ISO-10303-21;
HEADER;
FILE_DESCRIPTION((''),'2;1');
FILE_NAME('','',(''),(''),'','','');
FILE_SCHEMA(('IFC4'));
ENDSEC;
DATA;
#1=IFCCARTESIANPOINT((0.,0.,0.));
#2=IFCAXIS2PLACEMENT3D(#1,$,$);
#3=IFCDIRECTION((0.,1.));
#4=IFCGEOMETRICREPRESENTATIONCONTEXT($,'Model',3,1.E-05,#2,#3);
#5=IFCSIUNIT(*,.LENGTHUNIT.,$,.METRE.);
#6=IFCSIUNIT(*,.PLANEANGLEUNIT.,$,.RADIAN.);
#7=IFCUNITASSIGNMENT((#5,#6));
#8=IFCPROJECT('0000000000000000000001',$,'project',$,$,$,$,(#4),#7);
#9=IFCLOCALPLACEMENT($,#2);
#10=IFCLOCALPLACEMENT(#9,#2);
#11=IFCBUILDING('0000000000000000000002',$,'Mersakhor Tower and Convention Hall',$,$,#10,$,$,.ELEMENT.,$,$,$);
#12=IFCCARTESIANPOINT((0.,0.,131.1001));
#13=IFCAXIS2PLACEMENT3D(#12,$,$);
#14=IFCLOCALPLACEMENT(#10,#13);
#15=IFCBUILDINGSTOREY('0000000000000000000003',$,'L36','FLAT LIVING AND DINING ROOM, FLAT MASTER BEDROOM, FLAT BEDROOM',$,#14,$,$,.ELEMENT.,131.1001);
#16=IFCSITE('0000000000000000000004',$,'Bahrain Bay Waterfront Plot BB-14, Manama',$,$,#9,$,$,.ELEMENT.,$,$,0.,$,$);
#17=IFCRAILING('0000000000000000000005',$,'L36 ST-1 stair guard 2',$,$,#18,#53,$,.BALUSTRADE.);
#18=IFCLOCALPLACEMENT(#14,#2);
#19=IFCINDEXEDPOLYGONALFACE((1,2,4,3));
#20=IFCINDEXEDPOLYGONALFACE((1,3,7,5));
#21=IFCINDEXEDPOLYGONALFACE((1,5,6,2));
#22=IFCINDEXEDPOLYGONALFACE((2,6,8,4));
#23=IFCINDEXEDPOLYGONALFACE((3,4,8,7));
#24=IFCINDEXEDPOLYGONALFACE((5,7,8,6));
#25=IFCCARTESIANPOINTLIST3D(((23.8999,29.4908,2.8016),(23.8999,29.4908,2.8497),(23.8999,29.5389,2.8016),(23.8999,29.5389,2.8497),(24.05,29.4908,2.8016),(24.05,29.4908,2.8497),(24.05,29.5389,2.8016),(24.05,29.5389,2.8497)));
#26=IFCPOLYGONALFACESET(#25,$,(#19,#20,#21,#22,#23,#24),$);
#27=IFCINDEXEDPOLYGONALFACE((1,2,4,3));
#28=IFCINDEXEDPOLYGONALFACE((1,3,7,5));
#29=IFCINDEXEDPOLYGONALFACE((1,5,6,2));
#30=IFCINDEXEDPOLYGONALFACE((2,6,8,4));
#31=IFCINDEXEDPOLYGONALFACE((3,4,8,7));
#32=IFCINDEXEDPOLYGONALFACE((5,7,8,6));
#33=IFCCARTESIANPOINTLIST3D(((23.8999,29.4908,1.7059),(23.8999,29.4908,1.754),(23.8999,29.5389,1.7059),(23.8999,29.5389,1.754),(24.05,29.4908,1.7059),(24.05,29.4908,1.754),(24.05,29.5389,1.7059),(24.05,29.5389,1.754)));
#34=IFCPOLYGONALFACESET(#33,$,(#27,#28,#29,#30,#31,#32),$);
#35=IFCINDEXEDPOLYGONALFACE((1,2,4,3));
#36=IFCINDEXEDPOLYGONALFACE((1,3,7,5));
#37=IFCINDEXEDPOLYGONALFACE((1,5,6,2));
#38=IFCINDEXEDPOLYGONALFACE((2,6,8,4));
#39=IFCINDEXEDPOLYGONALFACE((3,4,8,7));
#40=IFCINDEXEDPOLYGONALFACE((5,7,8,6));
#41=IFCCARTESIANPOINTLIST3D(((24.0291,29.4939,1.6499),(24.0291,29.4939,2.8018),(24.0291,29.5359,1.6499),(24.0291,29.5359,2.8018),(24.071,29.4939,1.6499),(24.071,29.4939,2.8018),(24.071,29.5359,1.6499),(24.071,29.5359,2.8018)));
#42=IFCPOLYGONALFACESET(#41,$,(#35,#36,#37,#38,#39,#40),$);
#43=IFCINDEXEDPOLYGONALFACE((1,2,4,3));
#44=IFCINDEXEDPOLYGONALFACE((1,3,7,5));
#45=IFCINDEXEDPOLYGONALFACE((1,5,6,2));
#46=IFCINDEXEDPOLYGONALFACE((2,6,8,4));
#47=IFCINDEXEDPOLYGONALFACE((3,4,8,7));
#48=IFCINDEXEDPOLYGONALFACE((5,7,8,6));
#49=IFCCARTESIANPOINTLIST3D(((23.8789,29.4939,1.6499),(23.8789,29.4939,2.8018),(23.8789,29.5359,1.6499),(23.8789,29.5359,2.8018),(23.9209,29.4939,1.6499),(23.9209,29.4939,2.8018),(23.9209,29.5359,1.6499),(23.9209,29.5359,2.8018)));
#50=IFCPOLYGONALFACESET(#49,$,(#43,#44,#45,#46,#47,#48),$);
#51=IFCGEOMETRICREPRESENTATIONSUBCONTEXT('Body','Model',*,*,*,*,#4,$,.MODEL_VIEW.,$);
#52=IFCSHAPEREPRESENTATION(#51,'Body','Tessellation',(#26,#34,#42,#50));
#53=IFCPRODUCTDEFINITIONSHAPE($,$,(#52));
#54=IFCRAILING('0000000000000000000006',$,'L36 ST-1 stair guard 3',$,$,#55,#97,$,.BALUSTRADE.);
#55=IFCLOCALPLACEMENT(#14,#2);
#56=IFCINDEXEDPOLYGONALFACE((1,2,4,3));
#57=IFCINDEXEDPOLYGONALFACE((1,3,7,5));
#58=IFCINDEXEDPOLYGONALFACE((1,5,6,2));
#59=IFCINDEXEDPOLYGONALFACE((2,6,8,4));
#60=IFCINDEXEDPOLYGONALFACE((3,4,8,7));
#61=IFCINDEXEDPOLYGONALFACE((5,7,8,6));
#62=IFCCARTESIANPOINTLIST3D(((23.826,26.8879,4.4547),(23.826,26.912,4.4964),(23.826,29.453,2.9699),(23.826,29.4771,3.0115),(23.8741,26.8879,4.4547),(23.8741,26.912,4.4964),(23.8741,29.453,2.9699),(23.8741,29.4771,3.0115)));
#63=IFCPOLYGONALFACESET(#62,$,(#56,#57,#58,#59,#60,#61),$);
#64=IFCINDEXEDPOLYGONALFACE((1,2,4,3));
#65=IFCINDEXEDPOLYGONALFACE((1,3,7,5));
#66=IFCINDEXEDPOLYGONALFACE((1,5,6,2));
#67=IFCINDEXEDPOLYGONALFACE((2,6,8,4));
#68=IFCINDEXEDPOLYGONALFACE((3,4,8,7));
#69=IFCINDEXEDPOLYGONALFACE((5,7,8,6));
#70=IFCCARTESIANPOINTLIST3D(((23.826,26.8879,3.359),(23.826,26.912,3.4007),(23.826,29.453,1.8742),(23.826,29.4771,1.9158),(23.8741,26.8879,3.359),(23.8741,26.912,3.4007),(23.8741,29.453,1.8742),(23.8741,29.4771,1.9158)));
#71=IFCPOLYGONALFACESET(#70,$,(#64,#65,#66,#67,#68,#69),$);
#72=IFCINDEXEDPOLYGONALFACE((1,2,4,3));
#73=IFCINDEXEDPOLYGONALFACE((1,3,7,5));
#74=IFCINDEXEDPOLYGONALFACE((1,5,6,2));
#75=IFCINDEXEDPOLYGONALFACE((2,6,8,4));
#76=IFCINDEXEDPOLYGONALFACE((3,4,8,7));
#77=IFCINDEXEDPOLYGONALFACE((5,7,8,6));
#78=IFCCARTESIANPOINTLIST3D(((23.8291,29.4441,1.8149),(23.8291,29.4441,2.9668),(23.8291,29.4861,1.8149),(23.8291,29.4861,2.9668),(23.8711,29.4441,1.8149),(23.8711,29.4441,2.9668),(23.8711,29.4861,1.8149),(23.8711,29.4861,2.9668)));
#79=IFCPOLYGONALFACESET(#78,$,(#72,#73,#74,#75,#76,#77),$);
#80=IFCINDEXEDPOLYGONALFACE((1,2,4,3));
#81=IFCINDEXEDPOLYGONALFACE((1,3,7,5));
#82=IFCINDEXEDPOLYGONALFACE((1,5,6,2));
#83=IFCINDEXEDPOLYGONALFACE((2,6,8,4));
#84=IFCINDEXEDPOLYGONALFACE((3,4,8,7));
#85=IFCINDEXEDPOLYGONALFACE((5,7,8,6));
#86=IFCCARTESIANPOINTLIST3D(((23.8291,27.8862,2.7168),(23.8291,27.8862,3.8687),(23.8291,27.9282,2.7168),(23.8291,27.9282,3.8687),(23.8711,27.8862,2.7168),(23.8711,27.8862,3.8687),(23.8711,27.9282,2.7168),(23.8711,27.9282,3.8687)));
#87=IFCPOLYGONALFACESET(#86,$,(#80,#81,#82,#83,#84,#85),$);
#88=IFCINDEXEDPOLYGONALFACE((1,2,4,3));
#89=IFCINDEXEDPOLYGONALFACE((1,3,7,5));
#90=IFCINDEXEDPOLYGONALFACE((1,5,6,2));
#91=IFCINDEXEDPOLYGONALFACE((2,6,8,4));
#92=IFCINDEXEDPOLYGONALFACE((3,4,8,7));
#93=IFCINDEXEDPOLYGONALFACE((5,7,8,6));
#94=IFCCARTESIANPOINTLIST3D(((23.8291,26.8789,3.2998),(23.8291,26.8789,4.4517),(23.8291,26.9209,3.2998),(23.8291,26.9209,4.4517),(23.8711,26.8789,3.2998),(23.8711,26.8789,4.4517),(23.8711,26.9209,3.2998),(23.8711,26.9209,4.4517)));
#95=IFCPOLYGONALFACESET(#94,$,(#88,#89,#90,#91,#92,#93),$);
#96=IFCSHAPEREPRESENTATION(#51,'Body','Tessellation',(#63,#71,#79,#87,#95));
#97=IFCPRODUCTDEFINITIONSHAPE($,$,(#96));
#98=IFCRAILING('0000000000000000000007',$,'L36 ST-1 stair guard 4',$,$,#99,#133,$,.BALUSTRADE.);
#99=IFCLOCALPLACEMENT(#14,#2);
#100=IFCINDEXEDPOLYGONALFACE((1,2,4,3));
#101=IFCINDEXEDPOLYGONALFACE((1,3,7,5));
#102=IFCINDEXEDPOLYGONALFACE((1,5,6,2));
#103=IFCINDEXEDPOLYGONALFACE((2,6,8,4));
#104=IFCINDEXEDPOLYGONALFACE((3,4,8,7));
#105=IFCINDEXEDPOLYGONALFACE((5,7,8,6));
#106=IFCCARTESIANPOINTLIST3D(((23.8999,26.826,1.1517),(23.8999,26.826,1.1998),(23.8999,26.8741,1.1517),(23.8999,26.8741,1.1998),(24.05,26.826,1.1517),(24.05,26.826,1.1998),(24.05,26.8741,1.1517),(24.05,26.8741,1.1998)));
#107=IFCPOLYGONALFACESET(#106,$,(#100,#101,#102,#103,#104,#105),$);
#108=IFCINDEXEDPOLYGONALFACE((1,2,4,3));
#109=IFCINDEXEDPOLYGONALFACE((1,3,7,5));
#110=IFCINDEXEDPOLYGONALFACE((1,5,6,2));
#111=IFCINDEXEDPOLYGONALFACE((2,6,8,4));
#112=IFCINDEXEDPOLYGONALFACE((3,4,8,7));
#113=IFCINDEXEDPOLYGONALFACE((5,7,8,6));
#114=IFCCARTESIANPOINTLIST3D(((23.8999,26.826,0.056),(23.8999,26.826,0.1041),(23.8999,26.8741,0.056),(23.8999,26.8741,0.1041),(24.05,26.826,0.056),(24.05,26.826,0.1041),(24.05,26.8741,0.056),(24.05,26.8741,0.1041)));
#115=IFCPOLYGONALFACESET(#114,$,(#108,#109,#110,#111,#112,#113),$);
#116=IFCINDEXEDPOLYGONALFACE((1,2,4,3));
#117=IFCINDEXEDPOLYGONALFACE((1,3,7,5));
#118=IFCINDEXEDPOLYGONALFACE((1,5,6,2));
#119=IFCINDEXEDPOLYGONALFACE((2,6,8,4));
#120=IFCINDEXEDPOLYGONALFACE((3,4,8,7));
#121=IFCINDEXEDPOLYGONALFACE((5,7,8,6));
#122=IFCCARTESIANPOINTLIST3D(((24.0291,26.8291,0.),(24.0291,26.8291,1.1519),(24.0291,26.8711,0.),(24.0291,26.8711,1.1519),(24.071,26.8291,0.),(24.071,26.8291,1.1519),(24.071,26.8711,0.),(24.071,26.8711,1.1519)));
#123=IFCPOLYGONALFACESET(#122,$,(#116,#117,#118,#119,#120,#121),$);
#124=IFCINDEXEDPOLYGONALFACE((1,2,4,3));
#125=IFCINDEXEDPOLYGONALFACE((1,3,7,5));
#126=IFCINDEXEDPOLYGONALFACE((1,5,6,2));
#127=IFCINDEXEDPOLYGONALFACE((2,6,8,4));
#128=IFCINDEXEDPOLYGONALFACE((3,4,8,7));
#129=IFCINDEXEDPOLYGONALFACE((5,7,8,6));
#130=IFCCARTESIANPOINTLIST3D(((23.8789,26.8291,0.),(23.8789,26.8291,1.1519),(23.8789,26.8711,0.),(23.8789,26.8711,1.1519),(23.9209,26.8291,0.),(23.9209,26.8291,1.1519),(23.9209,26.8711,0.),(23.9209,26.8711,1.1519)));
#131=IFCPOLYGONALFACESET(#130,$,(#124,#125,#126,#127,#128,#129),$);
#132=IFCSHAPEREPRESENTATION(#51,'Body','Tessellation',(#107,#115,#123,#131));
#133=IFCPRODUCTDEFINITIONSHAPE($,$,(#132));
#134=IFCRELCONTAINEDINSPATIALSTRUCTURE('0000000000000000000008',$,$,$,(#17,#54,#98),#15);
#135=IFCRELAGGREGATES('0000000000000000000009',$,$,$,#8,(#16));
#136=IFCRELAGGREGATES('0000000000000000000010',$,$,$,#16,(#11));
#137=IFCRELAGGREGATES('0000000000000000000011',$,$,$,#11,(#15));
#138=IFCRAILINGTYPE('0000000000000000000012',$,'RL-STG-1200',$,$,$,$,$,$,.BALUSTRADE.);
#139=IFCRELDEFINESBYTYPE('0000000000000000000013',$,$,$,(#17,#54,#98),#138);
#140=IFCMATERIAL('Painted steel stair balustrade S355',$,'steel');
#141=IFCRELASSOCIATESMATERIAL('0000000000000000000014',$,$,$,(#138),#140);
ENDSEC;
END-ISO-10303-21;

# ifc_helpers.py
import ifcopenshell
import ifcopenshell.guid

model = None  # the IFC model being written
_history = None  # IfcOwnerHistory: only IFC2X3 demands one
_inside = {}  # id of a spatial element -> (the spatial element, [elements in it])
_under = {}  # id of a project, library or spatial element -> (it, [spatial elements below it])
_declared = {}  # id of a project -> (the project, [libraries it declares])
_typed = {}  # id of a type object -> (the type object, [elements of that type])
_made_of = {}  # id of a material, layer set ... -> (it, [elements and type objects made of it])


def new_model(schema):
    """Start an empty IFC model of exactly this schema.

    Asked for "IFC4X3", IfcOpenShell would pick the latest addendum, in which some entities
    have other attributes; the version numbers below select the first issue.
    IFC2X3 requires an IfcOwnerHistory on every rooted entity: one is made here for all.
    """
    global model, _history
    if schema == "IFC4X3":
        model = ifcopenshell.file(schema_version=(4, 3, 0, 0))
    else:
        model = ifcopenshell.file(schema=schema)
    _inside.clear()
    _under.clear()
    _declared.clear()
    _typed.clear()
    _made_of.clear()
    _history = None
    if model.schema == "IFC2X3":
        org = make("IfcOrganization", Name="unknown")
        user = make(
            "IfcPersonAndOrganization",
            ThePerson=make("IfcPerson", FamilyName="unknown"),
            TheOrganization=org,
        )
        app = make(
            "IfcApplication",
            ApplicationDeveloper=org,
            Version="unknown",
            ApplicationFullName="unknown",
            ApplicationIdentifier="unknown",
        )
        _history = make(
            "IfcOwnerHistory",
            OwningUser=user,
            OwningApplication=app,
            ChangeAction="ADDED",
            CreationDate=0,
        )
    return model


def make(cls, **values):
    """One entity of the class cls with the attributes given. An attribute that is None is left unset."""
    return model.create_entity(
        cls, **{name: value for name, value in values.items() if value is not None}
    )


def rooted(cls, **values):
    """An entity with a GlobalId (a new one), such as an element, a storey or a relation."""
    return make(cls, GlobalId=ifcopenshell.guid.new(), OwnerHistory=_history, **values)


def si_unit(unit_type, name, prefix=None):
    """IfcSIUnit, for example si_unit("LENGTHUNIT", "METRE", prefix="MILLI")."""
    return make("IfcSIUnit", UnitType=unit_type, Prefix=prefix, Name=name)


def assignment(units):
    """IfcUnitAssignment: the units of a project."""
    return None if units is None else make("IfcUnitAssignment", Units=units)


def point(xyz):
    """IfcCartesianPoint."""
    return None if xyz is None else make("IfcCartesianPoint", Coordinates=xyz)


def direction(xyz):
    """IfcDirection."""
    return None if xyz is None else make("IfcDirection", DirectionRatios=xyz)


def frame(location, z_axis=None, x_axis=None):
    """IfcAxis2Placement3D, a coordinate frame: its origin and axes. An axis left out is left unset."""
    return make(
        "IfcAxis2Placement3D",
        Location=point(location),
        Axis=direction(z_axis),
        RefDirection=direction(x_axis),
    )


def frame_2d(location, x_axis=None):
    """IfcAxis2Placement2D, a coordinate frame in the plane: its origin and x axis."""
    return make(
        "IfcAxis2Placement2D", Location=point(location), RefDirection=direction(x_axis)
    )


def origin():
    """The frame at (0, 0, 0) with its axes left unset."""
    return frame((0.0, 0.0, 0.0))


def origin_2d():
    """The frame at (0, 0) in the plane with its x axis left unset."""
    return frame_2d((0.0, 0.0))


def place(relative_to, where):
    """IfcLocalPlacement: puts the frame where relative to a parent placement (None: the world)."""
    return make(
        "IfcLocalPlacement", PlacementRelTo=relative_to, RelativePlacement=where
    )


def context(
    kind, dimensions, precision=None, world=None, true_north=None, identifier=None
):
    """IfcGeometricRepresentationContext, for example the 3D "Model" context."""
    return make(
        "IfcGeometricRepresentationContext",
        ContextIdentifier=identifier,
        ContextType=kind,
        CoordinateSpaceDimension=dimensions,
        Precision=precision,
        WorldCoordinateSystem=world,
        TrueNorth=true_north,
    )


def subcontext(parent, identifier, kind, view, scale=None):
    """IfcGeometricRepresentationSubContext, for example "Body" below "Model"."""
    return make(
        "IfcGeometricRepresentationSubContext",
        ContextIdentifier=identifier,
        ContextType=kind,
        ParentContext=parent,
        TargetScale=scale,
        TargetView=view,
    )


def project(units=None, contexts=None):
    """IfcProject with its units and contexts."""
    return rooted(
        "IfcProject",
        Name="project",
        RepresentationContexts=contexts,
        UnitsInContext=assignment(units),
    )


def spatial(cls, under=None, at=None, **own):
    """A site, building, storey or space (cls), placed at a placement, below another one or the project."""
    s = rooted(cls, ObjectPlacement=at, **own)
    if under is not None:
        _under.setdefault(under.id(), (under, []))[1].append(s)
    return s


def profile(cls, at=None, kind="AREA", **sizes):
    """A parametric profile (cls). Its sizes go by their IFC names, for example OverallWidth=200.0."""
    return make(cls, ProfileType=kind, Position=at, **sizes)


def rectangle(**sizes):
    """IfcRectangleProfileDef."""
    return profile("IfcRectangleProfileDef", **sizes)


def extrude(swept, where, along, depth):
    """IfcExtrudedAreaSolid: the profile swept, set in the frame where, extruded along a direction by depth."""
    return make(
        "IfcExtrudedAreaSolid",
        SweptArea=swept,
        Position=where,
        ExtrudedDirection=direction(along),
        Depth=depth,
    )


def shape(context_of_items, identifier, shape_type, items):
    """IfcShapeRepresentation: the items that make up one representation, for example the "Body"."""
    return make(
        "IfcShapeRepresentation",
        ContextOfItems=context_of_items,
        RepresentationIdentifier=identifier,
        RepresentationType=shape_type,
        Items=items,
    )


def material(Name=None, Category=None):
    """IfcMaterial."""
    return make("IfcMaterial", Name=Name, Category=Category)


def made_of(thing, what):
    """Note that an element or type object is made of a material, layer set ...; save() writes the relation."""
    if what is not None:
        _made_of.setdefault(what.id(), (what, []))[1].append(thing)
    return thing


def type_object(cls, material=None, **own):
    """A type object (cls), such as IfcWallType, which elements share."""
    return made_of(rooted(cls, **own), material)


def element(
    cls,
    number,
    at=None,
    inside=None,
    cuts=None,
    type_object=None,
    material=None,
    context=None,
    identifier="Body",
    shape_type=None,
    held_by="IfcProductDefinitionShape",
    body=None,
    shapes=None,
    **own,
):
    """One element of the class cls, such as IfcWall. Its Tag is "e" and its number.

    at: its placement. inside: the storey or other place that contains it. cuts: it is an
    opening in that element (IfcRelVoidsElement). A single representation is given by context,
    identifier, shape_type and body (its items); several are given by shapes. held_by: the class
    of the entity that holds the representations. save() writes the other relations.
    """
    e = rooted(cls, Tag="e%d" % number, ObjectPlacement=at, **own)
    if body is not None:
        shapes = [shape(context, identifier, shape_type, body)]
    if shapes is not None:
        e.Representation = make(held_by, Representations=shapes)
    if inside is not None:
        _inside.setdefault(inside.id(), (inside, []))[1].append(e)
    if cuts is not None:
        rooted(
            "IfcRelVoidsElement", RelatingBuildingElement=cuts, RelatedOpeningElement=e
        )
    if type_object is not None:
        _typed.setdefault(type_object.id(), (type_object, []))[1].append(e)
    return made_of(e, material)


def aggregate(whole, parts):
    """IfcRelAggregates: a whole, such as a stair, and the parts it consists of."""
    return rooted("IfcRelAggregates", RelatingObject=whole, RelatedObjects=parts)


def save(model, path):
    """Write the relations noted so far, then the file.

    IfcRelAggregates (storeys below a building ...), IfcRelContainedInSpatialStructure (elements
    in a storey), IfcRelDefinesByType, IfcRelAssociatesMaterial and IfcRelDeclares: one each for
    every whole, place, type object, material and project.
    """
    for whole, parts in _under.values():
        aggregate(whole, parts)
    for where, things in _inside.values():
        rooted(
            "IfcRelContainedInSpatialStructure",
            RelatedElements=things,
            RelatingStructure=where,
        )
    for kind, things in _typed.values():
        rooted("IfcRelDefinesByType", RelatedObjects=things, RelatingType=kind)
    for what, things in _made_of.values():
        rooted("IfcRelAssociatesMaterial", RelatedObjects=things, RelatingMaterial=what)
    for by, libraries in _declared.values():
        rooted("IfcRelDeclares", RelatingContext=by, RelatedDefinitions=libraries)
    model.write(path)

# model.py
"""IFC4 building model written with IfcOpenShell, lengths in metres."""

from ifc_helpers import new_model, si_unit, direction, frame, origin, origin_2d, place, context, subcontext, project, spatial, rectangle, extrude, material, type_object, element, save


model = new_model("IFC4")

# Units and contexts
model_context = context("Model", 3, precision=1e-05, world=origin(), true_north=direction((0.0, 1.0)))
body_context = subcontext(model_context, "Body", "Model", "MODEL_VIEW")
ifc_project = project(units=[si_unit("LENGTHUNIT", "METRE"), si_unit("PLANEANGLEUNIT", "RADIAN")], contexts=[model_context])

# Site, building, storey
site_placement = place(None, origin())
site = spatial("IfcSite", under=ifc_project, at=site_placement, Name="Bahrain Bay Waterfront Plot BB-14, Manama", CompositionType="ELEMENT", RefElevation=0.0)
building_placement = place(site_placement, origin())
building = spatial("IfcBuilding", under=site, at=building_placement, Name="Mersakhor Tower and Convention Hall", CompositionType="ELEMENT")
storey_placement = place(building_placement, frame((0.0, 0.0, 131.1001)))
storey = spatial("IfcBuildingStorey", under=building, at=storey_placement, Name="L36", Description="FLAT LIVING AND DINING ROOM, FLAT MASTER BEDROOM, FLAT BEDROOM", CompositionType="ELEMENT", Elevation=131.1001)

# Railings
ifc_material_1 = material(Name="Painted steel stair balustrade S355", Category="steel")
railing_type_1 = type_object("IfcRailingType", Name="RL-STG-1200", PredefinedType="BALUSTRADE", material=ifc_material_1)
railing_1_placement = place(storey_placement, frame((24.05, 29.5149, 1.6499)))
element("IfcRailing", 1, at=railing_1_placement, inside=storey, type_object=railing_type_1, Name="L36 ST-1 stair guard 2", PredefinedType="BALUSTRADE", context=body_context, shape_type="SweptSolid", body=[
    extrude(rectangle(XDim=0.0481, YDim=0.0481, at=origin_2d()), frame((0.0, 0.0, 1.1758), z_axis=(-1.0, 0.0, 0.0), x_axis=(0.0, -1.0, 0.0)), (0.0, 0.0, 1.0), 0.1501),
    extrude(rectangle(XDim=0.0481, YDim=0.0481, at=origin_2d()), frame((0.0, 0.0, 0.0801), z_axis=(-1.0, 0.0, 0.0), x_axis=(0.0, -1.0, 0.0)), (0.0, 0.0, 1.0), 0.1501),
    extrude(rectangle(XDim=0.042, YDim=0.042, at=origin_2d()), origin(), (0.0, 0.0, 1.0), 1.1519),
    extrude(rectangle(XDim=0.042, YDim=0.042, at=origin_2d()), frame((-0.1501, 0.0, 0.0)), (0.0, 0.0, 1.0), 1.1519),
])
railing_2_placement = place(storey_placement, frame((23.8501, 29.4651, 1.8149)))
element("IfcRailing", 2, at=railing_2_placement, inside=storey, type_object=railing_type_1, Name="L36 ST-1 stair guard 3", PredefinedType="BALUSTRADE", context=body_context, shape_type="SweptSolid", body=[
    extrude(rectangle(XDim=0.0481, YDim=0.0481, at=origin_2d()), frame((0.0, 0.0, 1.1758), z_axis=(0.0, -0.865462, 0.500975), x_axis=(1.0, 0.0, 0.0)), (0.0, 0.0, 1.0), 2.9639),
    extrude(rectangle(XDim=0.0481, YDim=0.0481, at=origin_2d()), frame((0.0, 0.0, 0.0801), z_axis=(0.0, -0.865462, 0.500975), x_axis=(1.0, 0.0, 0.0)), (0.0, 0.0, 1.0), 2.9639),
    extrude(rectangle(XDim=0.042, YDim=0.042, at=origin_2d()), origin(), (0.0, 0.0, 1.0), 1.1519),
    extrude(rectangle(XDim=0.042, YDim=0.042, at=origin_2d()), frame((0.0, -1.5579, 0.9019)), (0.0, 0.0, 1.0), 1.1519),
    extrude(rectangle(XDim=0.042, YDim=0.042, at=origin_2d()), frame((0.0, -2.5652, 1.4849)), (0.0, 0.0, 1.0), 1.1519),
])
railing_3_placement = place(storey_placement, frame((24.05, 26.8501, 0.0)))
element("IfcRailing", 3, at=railing_3_placement, inside=storey, type_object=railing_type_1, Name="L36 ST-1 stair guard 4", PredefinedType="BALUSTRADE", context=body_context, shape_type="SweptSolid", body=[
    extrude(rectangle(XDim=0.0481, YDim=0.0481, at=origin_2d()), frame((0.0, 0.0, 1.1758), z_axis=(-1.0, 0.0, 0.0), x_axis=(0.0, -1.0, 0.0)), (0.0, 0.0, 1.0), 0.1501),
    extrude(rectangle(XDim=0.0481, YDim=0.0481, at=origin_2d()), frame((0.0, 0.0, 0.0801), z_axis=(-1.0, 0.0, 0.0), x_axis=(0.0, -1.0, 0.0)), (0.0, 0.0, 1.0), 0.1501),
    extrude(rectangle(XDim=0.042, YDim=0.042, at=origin_2d()), origin(), (0.0, 0.0, 1.0), 1.1519),
    extrude(rectangle(XDim=0.042, YDim=0.042, at=origin_2d()), frame((-0.1501, 0.0, 0.0)), (0.0, 0.0, 1.0), 1.1519),
])

save(model, "model.ifc")
